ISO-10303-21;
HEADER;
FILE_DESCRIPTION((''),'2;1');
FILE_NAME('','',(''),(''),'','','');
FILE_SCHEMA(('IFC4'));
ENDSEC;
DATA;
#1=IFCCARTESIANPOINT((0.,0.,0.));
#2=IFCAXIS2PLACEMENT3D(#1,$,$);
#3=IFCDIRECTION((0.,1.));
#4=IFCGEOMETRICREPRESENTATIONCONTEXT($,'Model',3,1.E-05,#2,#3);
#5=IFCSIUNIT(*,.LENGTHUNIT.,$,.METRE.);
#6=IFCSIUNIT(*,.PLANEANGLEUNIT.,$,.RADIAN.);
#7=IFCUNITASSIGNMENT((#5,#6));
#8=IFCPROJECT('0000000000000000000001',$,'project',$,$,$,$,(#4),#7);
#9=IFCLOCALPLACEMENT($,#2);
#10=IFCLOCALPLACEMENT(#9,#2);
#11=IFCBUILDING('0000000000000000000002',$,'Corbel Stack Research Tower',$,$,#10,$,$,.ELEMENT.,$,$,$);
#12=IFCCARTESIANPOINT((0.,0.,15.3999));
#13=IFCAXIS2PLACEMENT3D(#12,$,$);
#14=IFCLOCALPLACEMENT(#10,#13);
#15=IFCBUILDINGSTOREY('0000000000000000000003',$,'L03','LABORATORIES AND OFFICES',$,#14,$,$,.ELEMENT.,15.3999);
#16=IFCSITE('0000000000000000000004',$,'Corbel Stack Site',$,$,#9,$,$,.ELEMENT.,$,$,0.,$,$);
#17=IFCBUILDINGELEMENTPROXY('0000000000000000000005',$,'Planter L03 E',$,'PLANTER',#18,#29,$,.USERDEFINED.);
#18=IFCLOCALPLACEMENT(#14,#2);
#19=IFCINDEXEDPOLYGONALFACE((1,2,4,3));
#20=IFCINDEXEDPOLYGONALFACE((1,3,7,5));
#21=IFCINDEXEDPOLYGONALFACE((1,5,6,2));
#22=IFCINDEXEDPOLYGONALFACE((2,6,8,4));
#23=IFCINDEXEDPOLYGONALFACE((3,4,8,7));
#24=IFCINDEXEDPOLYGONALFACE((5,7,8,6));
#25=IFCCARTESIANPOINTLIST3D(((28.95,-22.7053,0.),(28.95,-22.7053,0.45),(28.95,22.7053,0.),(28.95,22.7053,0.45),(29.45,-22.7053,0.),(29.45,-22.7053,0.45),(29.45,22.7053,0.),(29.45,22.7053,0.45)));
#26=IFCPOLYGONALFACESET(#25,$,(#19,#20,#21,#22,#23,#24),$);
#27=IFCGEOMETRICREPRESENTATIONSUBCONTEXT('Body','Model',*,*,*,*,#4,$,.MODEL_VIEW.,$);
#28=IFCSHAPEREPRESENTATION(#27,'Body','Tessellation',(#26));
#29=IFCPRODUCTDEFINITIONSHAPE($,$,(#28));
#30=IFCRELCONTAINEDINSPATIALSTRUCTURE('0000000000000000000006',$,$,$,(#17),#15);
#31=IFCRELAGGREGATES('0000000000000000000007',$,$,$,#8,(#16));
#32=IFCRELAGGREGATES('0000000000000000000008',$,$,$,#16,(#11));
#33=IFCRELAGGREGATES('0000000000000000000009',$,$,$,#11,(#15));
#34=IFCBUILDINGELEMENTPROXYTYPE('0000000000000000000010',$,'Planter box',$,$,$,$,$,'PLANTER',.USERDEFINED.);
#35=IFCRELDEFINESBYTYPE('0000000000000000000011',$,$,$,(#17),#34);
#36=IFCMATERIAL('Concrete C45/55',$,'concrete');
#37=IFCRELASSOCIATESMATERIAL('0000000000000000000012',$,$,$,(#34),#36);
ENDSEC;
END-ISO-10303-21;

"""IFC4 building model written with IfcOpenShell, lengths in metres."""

from ifc_helpers import new_model, si_unit, direction, frame, origin, origin_2d, place, context, subcontext, project, spatial, rectangle, extrude, material, type_object, element, save


model = new_model("IFC4")

# Units and contexts
model_context = context("Model", 3, precision=1e-05, world=origin(), true_north=direction((0.0, 1.0)))
body_context = subcontext(model_context, "Body", "Model", "MODEL_VIEW")
ifc_project = project(units=[si_unit("LENGTHUNIT", "METRE"), si_unit("PLANEANGLEUNIT", "RADIAN")], contexts=[model_context])

# Site, building, storey
site_placement = place(None, origin())
site = spatial("IfcSite", under=ifc_project, at=site_placement, Name="Corbel Stack Site", CompositionType="ELEMENT", RefElevation=0.0)
building_placement = place(site_placement, origin())
building = spatial("IfcBuilding", under=site, at=building_placement, Name="Corbel Stack Research Tower", CompositionType="ELEMENT")
storey_placement = place(building_placement, frame((0.0, 0.0, 15.3999)))
storey = spatial("IfcBuildingStorey", under=building, at=storey_placement, Name="L03", Description="LABORATORIES AND OFFICES", CompositionType="ELEMENT", Elevation=15.3999)

# Building element proxy
ifc_material_1 = material(Name="Concrete C45/55", Category="concrete")
building_element_proxy_type = type_object("IfcBuildingElementProxyType", Name="Planter box", ElementType="PLANTER", PredefinedType="USERDEFINED", material=ifc_material_1)
proxy_placement = place(storey_placement, frame((29.2, 0.0, 0.0), z_axis=(0.0, 0.0, 1.0), x_axis=(0.0, 1.0, 0.0)))
element("IfcBuildingElementProxy", 1, at=proxy_placement, inside=storey, type_object=building_element_proxy_type, Name="Planter L03 E", ObjectType="PLANTER", PredefinedType="USERDEFINED", context=body_context, shape_type="SweptSolid", body=[
    extrude(rectangle(XDim=45.4106, YDim=0.5, at=origin_2d()), origin(), (0.0, 0.0, 1.0), 0.45),
])

save(model, "model.ifc")
